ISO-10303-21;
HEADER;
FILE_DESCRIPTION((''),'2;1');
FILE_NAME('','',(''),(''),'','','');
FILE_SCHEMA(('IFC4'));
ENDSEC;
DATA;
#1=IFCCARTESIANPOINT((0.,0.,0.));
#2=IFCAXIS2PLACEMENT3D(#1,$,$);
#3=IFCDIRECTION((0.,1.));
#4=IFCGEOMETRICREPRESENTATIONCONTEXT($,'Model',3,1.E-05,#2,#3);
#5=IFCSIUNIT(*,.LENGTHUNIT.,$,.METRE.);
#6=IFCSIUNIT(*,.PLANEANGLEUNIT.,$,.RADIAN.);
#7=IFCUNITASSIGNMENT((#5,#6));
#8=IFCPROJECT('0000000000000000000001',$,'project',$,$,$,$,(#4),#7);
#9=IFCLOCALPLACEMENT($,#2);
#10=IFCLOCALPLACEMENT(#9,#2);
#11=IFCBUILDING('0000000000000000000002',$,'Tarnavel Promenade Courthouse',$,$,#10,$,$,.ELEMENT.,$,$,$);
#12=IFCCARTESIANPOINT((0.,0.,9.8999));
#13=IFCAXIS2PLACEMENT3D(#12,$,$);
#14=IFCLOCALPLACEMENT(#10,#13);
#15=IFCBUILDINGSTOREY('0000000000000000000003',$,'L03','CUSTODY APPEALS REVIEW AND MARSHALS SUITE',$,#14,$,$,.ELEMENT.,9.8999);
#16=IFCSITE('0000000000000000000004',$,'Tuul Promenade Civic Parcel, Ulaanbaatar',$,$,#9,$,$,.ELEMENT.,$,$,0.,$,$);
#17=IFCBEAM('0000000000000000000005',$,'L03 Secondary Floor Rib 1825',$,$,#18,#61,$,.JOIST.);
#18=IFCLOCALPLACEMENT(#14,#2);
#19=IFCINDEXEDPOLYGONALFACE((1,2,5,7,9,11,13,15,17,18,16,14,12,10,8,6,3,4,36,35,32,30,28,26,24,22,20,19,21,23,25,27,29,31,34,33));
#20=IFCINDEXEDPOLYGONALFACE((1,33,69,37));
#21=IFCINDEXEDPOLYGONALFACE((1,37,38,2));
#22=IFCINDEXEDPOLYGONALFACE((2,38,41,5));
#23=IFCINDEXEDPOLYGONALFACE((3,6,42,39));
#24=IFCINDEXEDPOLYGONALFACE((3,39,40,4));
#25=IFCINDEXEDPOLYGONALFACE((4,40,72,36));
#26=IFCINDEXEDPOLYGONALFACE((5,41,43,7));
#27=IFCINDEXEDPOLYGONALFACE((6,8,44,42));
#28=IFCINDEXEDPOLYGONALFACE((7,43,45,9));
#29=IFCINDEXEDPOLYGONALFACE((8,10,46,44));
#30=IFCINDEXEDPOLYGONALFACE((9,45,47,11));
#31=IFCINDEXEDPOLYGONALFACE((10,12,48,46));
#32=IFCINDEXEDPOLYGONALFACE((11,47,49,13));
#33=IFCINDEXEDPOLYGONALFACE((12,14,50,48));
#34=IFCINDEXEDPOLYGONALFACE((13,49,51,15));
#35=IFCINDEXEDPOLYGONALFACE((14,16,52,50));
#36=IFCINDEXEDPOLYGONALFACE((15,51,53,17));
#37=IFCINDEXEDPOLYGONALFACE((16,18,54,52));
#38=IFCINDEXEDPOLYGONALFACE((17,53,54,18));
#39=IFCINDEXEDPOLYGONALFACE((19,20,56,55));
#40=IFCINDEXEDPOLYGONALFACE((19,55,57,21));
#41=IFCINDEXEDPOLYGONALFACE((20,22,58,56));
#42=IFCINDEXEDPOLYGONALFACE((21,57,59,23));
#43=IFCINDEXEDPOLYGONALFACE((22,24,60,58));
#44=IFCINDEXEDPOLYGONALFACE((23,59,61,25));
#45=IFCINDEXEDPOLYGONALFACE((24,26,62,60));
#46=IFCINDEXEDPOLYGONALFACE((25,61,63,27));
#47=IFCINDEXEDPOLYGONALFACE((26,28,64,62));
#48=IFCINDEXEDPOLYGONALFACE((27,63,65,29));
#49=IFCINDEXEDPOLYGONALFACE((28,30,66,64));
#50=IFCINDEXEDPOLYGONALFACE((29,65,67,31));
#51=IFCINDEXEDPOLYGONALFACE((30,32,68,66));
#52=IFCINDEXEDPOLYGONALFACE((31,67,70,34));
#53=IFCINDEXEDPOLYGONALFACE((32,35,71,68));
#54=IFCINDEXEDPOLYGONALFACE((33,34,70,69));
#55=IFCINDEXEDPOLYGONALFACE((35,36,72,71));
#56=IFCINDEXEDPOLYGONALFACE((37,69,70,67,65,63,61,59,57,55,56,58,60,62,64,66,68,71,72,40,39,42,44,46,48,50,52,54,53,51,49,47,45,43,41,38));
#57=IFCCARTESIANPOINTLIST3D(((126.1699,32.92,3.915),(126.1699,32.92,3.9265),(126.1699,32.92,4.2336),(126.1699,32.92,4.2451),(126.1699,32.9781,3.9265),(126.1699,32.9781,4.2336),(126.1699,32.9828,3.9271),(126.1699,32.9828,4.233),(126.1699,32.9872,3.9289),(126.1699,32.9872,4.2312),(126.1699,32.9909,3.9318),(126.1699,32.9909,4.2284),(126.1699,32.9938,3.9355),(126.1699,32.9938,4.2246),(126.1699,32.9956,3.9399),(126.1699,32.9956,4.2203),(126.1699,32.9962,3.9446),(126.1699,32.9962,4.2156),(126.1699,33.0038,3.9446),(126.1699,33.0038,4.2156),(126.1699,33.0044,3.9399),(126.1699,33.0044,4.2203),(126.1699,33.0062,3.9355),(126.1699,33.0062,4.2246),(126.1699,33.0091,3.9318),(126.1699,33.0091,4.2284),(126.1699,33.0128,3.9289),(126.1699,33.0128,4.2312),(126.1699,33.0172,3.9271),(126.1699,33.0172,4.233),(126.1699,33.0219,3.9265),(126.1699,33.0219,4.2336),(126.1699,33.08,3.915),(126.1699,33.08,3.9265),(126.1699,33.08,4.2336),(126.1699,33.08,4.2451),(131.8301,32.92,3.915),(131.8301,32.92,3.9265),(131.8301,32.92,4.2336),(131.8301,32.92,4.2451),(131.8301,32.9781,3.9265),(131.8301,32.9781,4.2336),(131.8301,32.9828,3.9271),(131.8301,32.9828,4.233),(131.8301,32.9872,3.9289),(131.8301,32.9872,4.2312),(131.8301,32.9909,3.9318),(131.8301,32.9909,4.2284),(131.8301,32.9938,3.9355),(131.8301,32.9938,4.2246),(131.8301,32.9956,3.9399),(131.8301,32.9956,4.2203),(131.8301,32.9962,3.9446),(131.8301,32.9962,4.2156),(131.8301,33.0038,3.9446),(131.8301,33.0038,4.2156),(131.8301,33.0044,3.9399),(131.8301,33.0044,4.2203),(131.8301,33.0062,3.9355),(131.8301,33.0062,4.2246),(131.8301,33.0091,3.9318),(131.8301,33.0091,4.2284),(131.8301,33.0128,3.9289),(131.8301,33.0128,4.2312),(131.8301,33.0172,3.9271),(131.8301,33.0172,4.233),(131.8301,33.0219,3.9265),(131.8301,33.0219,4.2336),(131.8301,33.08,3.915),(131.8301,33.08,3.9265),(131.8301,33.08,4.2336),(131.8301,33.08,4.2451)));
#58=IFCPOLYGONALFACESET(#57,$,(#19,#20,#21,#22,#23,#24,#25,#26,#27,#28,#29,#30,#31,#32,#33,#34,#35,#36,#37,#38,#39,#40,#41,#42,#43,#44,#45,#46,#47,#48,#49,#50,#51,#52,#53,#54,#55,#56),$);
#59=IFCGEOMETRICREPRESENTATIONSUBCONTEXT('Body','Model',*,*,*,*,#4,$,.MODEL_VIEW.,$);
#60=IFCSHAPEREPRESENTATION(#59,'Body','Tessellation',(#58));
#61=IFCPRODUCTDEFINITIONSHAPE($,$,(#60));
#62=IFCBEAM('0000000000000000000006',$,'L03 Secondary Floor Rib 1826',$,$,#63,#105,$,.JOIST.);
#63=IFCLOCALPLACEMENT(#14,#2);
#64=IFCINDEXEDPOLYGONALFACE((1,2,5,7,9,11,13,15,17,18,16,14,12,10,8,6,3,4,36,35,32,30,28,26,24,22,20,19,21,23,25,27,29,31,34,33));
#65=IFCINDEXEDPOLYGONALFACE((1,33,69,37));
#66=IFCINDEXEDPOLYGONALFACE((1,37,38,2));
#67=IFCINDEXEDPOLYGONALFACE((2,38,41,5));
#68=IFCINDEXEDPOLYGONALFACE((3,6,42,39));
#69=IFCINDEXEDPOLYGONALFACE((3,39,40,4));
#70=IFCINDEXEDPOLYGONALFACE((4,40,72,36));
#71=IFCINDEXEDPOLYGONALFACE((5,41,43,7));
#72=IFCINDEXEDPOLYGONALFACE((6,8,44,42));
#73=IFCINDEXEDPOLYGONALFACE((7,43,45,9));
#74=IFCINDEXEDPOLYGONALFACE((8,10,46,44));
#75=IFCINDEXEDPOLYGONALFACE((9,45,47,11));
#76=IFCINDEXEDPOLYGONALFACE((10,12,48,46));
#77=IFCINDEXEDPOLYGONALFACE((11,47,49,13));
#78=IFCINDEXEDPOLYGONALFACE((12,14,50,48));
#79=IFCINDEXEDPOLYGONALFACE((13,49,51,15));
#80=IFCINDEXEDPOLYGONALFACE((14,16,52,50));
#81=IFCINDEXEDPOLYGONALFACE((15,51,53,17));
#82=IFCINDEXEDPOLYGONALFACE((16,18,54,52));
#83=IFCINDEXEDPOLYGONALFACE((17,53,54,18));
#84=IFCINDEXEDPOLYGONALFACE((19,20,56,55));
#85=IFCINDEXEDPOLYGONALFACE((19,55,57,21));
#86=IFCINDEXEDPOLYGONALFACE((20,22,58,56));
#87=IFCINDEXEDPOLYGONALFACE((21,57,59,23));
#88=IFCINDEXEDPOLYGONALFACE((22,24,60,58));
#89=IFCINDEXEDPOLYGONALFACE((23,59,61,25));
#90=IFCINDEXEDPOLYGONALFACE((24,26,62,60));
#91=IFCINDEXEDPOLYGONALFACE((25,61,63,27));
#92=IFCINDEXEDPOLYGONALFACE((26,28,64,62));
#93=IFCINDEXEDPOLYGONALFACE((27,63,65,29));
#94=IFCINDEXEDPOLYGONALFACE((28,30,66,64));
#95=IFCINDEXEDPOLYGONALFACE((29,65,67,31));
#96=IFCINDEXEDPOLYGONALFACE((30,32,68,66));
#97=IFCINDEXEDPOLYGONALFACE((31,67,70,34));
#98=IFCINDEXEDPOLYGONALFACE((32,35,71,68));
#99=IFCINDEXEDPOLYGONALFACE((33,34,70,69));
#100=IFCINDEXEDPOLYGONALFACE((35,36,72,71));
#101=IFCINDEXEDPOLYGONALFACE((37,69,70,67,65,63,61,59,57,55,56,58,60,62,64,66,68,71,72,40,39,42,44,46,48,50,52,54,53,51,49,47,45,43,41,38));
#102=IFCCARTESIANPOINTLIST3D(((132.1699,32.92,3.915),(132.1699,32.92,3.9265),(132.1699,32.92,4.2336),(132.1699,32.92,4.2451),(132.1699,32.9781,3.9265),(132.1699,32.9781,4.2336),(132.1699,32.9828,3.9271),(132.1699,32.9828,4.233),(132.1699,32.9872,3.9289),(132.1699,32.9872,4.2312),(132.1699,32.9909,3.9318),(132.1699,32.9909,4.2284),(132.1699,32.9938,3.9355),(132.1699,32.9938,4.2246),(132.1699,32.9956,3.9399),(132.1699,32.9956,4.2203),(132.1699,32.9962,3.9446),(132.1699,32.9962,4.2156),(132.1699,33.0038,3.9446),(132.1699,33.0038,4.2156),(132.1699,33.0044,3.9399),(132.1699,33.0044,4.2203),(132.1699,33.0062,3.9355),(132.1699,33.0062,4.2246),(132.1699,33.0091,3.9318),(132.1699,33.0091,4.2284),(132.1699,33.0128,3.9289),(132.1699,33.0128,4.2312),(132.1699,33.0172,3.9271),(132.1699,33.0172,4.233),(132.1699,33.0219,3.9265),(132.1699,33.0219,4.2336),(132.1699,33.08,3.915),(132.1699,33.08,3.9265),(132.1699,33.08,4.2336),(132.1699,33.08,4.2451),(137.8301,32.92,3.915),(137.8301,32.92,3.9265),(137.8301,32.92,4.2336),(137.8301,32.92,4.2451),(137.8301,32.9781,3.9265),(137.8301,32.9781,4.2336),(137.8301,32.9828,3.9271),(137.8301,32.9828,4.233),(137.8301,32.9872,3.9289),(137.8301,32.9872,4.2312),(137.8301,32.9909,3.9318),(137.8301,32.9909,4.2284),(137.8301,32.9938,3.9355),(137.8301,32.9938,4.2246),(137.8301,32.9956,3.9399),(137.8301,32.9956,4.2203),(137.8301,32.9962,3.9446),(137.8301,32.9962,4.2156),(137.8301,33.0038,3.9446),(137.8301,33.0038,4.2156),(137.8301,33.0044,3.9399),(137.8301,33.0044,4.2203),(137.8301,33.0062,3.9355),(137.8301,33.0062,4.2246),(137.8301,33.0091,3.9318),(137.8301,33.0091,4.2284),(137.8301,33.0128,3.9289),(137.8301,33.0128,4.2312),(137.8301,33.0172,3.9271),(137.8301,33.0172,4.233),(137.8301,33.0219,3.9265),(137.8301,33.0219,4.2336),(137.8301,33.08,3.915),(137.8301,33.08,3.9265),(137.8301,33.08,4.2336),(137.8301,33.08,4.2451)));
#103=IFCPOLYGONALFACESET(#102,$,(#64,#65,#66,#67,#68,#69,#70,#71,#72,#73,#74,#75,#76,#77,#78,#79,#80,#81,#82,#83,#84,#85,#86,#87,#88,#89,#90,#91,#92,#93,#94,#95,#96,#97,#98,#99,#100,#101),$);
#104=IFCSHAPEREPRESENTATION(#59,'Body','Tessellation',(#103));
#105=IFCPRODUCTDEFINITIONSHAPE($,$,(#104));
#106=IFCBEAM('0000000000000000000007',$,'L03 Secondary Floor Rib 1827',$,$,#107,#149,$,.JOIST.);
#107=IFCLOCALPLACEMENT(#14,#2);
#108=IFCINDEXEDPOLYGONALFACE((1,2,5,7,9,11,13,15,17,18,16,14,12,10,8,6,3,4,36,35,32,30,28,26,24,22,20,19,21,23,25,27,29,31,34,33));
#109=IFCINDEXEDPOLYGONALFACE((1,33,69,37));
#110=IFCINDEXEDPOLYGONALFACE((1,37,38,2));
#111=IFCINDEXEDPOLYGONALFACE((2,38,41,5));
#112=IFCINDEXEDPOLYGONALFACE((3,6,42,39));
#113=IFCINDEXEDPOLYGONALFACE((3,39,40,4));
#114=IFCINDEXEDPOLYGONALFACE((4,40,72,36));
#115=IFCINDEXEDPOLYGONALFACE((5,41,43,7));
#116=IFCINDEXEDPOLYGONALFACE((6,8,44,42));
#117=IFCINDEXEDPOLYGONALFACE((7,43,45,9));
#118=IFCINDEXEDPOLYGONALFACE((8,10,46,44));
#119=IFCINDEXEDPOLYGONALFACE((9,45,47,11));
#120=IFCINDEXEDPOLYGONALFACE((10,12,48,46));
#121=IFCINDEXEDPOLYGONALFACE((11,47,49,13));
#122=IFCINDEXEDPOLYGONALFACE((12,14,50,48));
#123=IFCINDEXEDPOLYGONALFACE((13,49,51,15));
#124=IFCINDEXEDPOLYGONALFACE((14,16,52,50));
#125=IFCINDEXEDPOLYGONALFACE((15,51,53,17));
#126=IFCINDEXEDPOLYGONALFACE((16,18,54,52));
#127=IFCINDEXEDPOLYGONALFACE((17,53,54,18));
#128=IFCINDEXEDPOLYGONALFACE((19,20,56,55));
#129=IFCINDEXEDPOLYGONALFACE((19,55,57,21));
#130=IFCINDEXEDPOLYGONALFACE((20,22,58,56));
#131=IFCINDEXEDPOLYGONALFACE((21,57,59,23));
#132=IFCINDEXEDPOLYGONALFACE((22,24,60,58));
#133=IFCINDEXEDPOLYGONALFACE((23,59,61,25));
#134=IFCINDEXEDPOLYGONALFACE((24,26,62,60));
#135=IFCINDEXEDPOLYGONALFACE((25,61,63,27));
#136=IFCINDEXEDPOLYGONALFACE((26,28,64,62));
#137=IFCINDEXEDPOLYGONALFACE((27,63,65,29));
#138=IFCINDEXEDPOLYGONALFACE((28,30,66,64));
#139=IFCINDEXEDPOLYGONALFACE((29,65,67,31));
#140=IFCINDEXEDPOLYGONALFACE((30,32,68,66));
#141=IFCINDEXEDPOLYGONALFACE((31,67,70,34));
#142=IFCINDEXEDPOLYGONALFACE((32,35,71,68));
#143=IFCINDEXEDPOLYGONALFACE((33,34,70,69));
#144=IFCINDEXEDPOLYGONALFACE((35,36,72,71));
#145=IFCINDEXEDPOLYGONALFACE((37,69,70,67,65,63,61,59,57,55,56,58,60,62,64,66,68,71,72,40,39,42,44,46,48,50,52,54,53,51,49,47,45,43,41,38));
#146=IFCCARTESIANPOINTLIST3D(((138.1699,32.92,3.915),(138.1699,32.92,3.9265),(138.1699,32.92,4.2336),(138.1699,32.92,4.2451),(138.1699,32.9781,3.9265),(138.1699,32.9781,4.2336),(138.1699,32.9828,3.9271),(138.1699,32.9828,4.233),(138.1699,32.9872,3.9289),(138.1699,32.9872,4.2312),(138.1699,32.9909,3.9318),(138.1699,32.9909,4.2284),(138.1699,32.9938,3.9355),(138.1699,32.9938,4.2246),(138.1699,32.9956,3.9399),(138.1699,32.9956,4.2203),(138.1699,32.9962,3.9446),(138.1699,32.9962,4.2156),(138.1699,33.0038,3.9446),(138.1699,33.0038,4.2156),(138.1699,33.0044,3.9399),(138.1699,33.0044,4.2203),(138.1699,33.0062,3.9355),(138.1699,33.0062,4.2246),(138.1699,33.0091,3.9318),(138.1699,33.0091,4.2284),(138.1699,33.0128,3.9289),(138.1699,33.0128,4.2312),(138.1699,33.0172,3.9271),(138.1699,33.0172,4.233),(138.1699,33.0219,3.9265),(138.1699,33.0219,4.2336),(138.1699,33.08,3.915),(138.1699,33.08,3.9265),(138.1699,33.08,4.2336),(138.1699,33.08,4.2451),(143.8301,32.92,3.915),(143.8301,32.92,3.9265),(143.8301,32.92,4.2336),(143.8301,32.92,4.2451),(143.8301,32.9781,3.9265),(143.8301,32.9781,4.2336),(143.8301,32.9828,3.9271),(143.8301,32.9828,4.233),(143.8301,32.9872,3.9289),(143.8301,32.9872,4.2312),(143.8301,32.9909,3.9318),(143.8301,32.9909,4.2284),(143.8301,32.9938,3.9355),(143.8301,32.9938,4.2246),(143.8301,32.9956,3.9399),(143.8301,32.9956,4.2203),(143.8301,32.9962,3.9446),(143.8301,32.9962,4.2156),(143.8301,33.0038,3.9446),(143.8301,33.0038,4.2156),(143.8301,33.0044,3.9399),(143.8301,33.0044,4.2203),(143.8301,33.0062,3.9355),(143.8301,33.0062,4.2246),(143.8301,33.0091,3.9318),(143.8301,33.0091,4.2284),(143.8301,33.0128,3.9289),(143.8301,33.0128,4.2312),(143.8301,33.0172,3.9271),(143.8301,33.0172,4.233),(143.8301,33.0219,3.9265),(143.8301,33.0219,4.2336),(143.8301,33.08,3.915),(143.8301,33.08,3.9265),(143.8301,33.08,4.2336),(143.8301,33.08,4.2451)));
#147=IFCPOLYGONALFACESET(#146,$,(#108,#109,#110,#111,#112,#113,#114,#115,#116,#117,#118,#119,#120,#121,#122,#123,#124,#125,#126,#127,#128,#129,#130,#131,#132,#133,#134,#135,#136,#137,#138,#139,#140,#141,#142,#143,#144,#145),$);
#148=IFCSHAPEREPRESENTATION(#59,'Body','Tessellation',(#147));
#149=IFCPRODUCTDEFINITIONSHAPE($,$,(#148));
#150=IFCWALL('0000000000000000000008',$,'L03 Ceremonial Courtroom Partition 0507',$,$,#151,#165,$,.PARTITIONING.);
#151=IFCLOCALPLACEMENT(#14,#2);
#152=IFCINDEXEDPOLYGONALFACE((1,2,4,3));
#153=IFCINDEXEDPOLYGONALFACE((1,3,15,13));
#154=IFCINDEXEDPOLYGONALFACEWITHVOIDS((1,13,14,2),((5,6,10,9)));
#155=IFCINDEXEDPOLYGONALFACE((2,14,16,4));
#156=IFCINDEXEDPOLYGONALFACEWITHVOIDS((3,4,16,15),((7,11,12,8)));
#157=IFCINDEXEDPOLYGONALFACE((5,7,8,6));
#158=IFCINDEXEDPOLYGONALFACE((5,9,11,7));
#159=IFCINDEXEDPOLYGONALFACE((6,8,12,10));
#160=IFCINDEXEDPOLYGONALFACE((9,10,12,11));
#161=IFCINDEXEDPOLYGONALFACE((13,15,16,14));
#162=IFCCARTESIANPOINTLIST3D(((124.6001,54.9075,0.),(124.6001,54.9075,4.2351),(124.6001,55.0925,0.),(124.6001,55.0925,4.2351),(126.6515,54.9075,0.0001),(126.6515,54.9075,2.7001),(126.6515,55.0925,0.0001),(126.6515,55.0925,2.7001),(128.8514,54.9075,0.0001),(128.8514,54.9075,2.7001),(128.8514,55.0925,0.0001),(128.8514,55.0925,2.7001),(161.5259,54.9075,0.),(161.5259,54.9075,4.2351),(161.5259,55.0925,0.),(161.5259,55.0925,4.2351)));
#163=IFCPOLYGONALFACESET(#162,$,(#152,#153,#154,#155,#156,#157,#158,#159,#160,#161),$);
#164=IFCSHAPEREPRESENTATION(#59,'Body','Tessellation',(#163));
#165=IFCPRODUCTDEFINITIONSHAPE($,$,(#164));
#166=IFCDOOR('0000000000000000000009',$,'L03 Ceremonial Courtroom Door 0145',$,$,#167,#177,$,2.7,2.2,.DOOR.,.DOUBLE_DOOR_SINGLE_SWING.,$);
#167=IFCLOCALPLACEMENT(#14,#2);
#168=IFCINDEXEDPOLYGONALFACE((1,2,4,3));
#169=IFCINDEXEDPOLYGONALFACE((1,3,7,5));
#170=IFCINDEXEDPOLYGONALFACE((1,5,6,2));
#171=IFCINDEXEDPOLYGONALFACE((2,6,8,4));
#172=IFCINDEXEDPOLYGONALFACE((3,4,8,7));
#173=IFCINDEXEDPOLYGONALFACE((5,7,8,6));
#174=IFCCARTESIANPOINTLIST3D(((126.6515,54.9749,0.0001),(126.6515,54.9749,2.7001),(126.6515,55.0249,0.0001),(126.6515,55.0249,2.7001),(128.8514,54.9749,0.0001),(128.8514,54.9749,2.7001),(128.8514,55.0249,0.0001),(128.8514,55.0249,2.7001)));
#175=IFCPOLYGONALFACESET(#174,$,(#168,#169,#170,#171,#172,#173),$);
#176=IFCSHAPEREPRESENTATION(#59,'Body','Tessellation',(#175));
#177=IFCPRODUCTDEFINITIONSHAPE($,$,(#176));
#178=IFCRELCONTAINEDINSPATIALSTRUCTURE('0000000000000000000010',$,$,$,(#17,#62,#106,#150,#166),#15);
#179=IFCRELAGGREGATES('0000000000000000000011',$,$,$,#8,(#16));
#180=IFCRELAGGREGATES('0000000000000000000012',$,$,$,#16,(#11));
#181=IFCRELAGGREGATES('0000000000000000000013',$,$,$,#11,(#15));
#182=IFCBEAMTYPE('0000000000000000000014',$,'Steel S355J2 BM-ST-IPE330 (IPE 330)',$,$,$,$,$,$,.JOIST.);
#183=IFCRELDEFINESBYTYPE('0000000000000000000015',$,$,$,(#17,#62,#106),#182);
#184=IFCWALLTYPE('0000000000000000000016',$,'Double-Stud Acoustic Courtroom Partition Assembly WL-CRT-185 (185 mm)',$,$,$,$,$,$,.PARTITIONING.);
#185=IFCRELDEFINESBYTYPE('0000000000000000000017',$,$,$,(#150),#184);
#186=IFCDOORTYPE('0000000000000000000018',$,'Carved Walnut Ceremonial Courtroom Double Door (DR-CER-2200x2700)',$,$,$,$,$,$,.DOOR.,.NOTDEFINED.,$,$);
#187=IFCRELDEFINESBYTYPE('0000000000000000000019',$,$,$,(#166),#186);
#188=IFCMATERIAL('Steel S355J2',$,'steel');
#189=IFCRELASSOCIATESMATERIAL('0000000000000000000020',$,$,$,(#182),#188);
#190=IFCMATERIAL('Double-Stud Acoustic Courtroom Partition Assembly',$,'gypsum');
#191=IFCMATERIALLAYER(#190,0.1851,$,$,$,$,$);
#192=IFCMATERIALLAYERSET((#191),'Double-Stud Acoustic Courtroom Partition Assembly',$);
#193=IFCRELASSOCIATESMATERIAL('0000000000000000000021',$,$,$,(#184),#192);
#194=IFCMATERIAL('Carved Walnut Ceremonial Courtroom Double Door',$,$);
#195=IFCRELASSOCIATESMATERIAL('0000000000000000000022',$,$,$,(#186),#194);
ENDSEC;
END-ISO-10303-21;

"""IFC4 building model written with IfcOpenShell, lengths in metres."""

from ifc_helpers import new_model, si_unit, direction, frame, frame_2d, origin, origin_2d, place, context, subcontext, project, spatial, rectangle, i_section, extrude, material, layer, layer_set, material_profile, profile_set, type_object, element, fill, save


model = new_model("IFC4")

# Units and contexts
model_context = context("Model", 3, precision=1e-05, world=origin(), true_north=direction((0.0, 1.0)))
body_context = subcontext(model_context, "Body", "Model", "MODEL_VIEW")
ifc_project = project(units=[si_unit("LENGTHUNIT", "METRE"), si_unit("PLANEANGLEUNIT", "RADIAN")], contexts=[model_context])

# Site, building, storey
site_placement = place(None, origin())
site = spatial("IfcSite", under=ifc_project, at=site_placement, Name="Tuul Promenade Civic Parcel, Ulaanbaatar", CompositionType="ELEMENT", RefElevation=0.0)
building_placement = place(site_placement, origin())
building = spatial("IfcBuilding", under=site, at=building_placement, Name="Tarnavel Promenade Courthouse", CompositionType="ELEMENT")
storey_placement = place(building_placement, frame((0.0, 0.0, 9.8999)))
storey = spatial("IfcBuildingStorey", under=building, at=storey_placement, Name="L03", Description="CUSTODY APPEALS REVIEW AND MARSHALS SUITE", CompositionType="ELEMENT", Elevation=9.8999)

# Beams
ifc_material_1 = material(Name="Steel S355J2", Category="steel")
ifc_material_profile_1 = material_profile(ifc_material_1, i_section(OverallWidth=0.1599, OverallDepth=0.3301, WebThickness=0.0076, FlangeThickness=0.0115, FilletRadius=0.0181, at=origin_2d()), Name="IPE 330")
ifc_profile_set_1 = profile_set([ifc_material_profile_1], Name="Steel S355J2")
beam_type_1 = type_object("IfcBeamType", Name="Steel S355J2 BM-ST-IPE330 (IPE 330)", PredefinedType="JOIST", material=ifc_profile_set_1)
for number, where, z_axis, x_axis, name in (
    (1, (126.1699, 33.0, 4.0801), (1.0, 0.0, 0.0), (0.0, 1.0, 0.0), "L03 Secondary Floor Rib 1825"),
    (2, (132.1699, 33.0, 4.0801), (1.0, 0.0, 0.0), (0.0, 1.0, 0.0), "L03 Secondary Floor Rib 1826"),
    (3, (138.1699, 33.0, 4.0801), (1.0, 0.0, 0.0), (0.0, 1.0, 0.0), "L03 Secondary Floor Rib 1827"),
):
    element("IfcBeam", number, at=place(storey_placement, frame(where, z_axis=z_axis, x_axis=x_axis)), inside=storey, type_object=beam_type_1, Name=name, PredefinedType="JOIST", context=body_context, shape_type="SweptSolid", body=[
        extrude(i_section(OverallWidth=0.1599, OverallDepth=0.3301, WebThickness=0.0076, FlangeThickness=0.0115, FilletRadius=0.0181, at=origin_2d()), origin(), (0.0, 0.0, 1.0), 5.6602),
    ])

# Wall, opening, door
ifc_material_2 = material(Name="Double-Stud Acoustic Courtroom Partition Assembly", Category="gypsum")
ifc_layer = layer(ifc_material_2, 0.1851)
ifc_layer_set = layer_set([ifc_layer], Name="Double-Stud Acoustic Courtroom Partition Assembly")
wall_type = type_object("IfcWallType", Name="Double-Stud Acoustic Courtroom Partition Assembly WL-CRT-185 (185 mm)", PredefinedType="PARTITIONING", material=ifc_layer_set)
wall_placement = place(storey_placement, frame((124.6001, 55.0, 0.0), z_axis=(0.0, 0.0, 1.0), x_axis=(1.0, 0.0, 0.0)))
wall = element("IfcWall", 4, at=wall_placement, inside=storey, type_object=wall_type, Name="L03 Ceremonial Courtroom Partition 0507", PredefinedType="PARTITIONING", context=body_context, shape_type="SweptSolid", body=[
    extrude(rectangle(XDim=36.9258, YDim=0.1851, at=frame_2d((18.4629, 0.0))), origin(), (0.0, 0.0, 1.0), 4.2351),
])
opening_placement = place(wall_placement, frame((2.0513, 0.0, 0.0)))
opening = element("IfcOpeningElement", 5, at=opening_placement, cuts=wall, PredefinedType="OPENING", context=body_context, shape_type="SweptSolid", body=[
    extrude(rectangle(XDim=2.2, YDim=2.7, at=frame_2d((1.1001, 1.3501))), frame((0.0, 0.1025, 0.0), z_axis=(0.0, -1.0, 0.0), x_axis=(1.0, 0.0, 0.0)), (0.0, 0.0, 1.0), 0.2051),
])
ifc_material_3 = material(Name="Carved Walnut Ceremonial Courtroom Double Door")
door_type = type_object("IfcDoorType", Name="Carved Walnut Ceremonial Courtroom Double Door (DR-CER-2200x2700)", OperationType="NOTDEFINED", PredefinedType="DOOR", material=ifc_material_3)
door_placement = place(opening_placement, origin())
door = element("IfcDoor", 6, at=door_placement, inside=storey, type_object=door_type, Name="L03 Ceremonial Courtroom Door 0145", OperationType="DOUBLE_DOOR_SINGLE_SWING", OverallHeight=2.7, OverallWidth=2.2, PredefinedType="DOOR", context=body_context, shape_type="SweptSolid", body=[
    extrude(rectangle(XDim=2.2, YDim=2.7, at=frame_2d((1.1001, 1.3501))), frame((0.0, 0.0249, 0.0), z_axis=(0.0, -1.0, 0.0), x_axis=(1.0, 0.0, 0.0)), (0.0, 0.0, 1.0), 0.05),
])
fill(opening, door)

save(model, "model.ifc")
